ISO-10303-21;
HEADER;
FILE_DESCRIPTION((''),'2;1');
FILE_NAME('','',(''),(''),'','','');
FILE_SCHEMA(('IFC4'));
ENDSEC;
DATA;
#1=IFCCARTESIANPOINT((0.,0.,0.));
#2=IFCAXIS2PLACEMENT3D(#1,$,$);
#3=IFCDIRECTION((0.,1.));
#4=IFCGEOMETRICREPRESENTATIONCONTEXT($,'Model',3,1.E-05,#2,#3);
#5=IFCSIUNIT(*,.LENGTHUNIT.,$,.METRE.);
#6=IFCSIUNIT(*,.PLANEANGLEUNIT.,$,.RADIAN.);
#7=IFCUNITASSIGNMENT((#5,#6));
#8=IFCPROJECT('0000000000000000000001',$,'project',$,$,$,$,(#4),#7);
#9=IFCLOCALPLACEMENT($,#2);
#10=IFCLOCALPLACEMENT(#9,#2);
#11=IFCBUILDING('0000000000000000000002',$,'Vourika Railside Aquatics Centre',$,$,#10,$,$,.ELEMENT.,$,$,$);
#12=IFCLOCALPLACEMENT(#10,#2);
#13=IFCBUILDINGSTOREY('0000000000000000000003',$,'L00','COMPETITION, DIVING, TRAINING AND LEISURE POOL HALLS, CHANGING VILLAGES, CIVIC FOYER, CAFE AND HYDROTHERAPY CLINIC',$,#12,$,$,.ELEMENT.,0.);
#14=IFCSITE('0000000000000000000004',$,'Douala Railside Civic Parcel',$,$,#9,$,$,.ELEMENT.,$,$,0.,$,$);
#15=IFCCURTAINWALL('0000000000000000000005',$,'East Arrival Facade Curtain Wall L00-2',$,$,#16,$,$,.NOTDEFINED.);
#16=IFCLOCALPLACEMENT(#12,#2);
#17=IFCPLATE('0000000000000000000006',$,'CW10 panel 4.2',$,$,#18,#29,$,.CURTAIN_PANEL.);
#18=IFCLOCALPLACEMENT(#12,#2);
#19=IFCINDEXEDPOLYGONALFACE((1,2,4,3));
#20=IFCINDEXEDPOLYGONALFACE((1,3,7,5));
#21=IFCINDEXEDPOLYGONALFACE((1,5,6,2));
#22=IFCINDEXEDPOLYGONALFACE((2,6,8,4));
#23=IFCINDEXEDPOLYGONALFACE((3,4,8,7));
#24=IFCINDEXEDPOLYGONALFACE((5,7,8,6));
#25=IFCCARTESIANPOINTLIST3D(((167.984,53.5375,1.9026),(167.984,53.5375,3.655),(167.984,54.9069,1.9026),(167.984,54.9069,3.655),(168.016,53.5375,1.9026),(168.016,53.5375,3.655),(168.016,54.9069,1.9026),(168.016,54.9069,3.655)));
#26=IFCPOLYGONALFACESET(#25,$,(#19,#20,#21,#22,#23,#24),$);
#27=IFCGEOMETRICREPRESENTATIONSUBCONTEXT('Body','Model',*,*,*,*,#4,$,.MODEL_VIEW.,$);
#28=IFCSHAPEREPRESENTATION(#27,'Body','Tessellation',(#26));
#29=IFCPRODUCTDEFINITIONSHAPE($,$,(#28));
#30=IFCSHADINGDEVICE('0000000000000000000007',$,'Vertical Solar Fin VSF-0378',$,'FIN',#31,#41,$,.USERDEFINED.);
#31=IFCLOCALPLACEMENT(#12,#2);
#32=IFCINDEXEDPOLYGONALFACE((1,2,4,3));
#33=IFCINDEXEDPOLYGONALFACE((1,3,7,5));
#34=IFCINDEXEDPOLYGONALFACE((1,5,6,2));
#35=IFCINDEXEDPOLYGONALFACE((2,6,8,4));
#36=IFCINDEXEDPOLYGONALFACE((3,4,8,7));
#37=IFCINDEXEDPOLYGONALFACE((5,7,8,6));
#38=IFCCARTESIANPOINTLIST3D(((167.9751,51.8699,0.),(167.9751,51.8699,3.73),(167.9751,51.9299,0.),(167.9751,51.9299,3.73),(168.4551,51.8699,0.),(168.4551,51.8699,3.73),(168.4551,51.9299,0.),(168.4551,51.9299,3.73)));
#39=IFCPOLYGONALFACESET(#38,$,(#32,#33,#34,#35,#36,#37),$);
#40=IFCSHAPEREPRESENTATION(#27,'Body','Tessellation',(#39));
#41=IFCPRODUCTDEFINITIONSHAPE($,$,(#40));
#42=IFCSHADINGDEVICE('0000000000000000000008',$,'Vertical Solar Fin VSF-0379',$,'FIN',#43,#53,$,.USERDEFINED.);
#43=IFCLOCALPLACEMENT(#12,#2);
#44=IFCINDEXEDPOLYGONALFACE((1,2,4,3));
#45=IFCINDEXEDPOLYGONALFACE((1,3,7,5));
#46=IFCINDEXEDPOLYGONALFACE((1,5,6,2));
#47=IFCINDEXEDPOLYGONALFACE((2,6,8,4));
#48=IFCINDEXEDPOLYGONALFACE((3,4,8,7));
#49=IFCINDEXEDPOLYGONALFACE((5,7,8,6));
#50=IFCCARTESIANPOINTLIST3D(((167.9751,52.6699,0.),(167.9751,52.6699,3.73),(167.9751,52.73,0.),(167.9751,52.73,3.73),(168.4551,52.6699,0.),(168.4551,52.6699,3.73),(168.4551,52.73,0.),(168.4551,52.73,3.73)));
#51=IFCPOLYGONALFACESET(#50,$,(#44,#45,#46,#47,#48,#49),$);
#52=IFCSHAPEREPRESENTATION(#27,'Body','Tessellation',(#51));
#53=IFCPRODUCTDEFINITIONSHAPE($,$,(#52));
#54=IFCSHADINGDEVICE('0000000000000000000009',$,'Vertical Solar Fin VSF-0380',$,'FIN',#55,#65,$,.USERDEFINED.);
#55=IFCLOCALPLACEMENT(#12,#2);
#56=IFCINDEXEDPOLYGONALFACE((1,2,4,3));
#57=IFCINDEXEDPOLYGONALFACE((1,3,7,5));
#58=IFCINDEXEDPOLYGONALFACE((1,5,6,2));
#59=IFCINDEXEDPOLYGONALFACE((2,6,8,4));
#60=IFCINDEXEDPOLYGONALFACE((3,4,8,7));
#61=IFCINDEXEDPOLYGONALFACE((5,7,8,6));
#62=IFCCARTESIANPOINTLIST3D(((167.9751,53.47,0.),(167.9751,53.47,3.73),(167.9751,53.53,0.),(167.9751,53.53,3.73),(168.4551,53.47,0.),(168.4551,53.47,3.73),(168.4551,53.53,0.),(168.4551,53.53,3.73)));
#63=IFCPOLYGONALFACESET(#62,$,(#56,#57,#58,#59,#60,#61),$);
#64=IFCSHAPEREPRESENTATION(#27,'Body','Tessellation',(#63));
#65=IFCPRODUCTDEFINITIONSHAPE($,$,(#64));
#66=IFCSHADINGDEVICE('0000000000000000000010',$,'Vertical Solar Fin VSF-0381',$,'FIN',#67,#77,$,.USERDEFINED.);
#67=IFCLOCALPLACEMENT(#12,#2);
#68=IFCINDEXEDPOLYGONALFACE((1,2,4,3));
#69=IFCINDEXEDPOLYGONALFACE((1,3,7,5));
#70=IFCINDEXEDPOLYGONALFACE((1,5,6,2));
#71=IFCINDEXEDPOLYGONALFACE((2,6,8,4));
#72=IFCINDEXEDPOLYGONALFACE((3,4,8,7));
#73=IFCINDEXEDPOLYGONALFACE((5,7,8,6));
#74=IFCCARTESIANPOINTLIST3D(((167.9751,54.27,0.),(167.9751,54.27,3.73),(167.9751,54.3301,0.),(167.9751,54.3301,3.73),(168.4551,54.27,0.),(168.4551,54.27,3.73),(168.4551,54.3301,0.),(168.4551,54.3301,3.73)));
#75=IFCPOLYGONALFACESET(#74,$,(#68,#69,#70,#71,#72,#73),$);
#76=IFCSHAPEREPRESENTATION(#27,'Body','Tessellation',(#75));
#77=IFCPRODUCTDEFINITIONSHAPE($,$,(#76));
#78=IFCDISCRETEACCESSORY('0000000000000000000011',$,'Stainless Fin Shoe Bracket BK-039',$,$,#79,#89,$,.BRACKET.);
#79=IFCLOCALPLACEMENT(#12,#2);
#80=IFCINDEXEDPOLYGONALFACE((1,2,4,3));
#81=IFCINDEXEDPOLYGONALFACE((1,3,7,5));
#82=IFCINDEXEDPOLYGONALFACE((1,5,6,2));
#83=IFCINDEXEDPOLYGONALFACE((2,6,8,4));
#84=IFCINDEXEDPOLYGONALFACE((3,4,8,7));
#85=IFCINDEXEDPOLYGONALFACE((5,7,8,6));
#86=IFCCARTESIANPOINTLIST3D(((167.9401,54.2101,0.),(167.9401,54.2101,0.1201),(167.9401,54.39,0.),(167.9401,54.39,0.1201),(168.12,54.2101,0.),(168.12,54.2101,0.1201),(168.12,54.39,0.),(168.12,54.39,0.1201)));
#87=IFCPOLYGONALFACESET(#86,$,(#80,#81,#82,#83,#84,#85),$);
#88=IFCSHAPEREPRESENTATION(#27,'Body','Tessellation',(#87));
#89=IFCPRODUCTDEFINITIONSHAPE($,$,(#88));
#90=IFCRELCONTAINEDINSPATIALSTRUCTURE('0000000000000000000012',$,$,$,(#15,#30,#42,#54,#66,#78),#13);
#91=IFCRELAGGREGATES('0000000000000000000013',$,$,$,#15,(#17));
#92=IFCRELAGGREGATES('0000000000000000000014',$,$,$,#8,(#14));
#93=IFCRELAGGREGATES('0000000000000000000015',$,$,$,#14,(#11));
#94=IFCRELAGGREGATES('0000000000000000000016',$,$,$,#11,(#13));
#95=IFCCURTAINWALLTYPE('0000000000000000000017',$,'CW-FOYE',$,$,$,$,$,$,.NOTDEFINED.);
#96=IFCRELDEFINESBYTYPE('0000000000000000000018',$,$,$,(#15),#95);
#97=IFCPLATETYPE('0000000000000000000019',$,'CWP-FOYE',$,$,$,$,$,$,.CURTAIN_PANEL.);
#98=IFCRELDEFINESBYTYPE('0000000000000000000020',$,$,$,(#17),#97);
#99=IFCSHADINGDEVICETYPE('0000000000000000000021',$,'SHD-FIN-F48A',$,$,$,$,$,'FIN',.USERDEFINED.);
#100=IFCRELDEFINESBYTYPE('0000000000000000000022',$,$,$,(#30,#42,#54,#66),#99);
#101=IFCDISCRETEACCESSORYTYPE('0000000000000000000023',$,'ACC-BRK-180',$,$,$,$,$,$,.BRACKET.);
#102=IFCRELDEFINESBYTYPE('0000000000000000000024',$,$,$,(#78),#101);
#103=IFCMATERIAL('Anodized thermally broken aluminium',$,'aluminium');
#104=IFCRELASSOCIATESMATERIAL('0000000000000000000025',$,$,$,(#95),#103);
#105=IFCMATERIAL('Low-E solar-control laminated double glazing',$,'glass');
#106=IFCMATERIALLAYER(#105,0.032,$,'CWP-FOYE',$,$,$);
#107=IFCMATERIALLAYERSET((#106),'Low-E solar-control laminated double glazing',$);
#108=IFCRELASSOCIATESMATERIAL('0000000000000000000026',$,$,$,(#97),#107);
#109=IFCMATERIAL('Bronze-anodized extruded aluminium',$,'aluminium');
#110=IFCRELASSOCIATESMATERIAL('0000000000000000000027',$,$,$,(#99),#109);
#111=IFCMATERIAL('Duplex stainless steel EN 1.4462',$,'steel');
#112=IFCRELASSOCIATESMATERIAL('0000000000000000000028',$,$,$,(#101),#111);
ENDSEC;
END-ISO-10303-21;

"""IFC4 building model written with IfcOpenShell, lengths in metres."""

from ifc_helpers import new_model, si_unit, direction, frame, origin, origin_2d, place, context, subcontext, project, spatial, rectangle, extrude, material, layer, layer_set, material_profile, profile_set, type_object, element, aggregate, save


model = new_model("IFC4")

# Units and contexts
model_context = context("Model", 3, precision=1e-05, world=origin(), true_north=direction((0.0, 1.0)))
body_context = subcontext(model_context, "Body", "Model", "MODEL_VIEW")
ifc_project = project(units=[si_unit("LENGTHUNIT", "METRE"), si_unit("PLANEANGLEUNIT", "RADIAN")], contexts=[model_context])

# Site, building, storey
site_placement = place(None, origin())
site = spatial("IfcSite", under=ifc_project, at=site_placement, Name="Douala Railside Civic Parcel", CompositionType="ELEMENT", RefElevation=0.0)
building_placement = place(site_placement, origin())
building = spatial("IfcBuilding", under=site, at=building_placement, Name="Vourika Railside Aquatics Centre", CompositionType="ELEMENT")
storey_placement = place(building_placement, origin())
storey = spatial("IfcBuildingStorey", under=building, at=storey_placement, Name="L00", Description="COMPETITION, DIVING, TRAINING AND LEISURE POOL HALLS, CHANGING VILLAGES, CIVIC FOYER, CAFE AND HYDROTHERAPY CLINIC", CompositionType="ELEMENT", Elevation=0.0)

# Curtain wall, plate
ifc_material_1 = material(Name="Anodized thermally broken aluminium", Category="aluminium")
curtain_wall_type = type_object("IfcCurtainWallType", Name="CW-FOYE", PredefinedType="NOTDEFINED", material=ifc_material_1)
curtain_wall_placement = place(storey_placement, origin())
curtain_wall = element("IfcCurtainWall", 1, at=curtain_wall_placement, inside=storey, type_object=curtain_wall_type, Name="East Arrival Facade Curtain Wall L00-2", PredefinedType="NOTDEFINED")
ifc_material_2 = material(Name="Low-E solar-control laminated double glazing", Category="glass")
ifc_layer = layer(ifc_material_2, 0.032, Name="CWP-FOYE")
ifc_layer_set = layer_set([ifc_layer], Name="Low-E solar-control laminated double glazing")
plate_type = type_object("IfcPlateType", Name="CWP-FOYE", PredefinedType="CURTAIN_PANEL", material=ifc_layer_set)
plate_1_placement = place(storey_placement, frame((168.0, 54.2222, 1.9026), z_axis=(0.0, 0.0, 1.0), x_axis=(0.0, 1.0, 0.0)))
plate_1 = element("IfcPlate", 2, at=plate_1_placement, type_object=plate_type, Name="CW10 panel 4.2", PredefinedType="CURTAIN_PANEL", context=body_context, shape_type="SweptSolid", body=[
    extrude(rectangle(XDim=1.3694, YDim=0.032, at=origin_2d()), origin(), (0.0, 0.0, 1.0), 1.7524),
])
aggregate(curtain_wall, [plate_1])

# Shading devices
ifc_material_3 = material(Name="Bronze-anodized extruded aluminium", Category="aluminium")
ifc_material_profile_1 = material_profile(ifc_material_3, rectangle(XDim=0.0601, YDim=0.48, at=origin_2d()), Name="ALU-FIN 60x480")
ifc_profile_set_1 = profile_set([ifc_material_profile_1], Name="Bronze-anodized extruded aluminium")
shading_device_type = type_object("IfcShadingDeviceType", Name="SHD-FIN-F48A", ElementType="FIN", PredefinedType="USERDEFINED", material=ifc_profile_set_1)
for number, where, z_axis, x_axis, name in (
    (3, (168.2151, 51.8999, 0.0), (0.0, 0.0, 1.0), (0.0, -1.0, 0.0), "Vertical Solar Fin VSF-0378"),
    (4, (168.2151, 52.7, 0.0), (0.0, 0.0, 1.0), (0.0, -1.0, 0.0), "Vertical Solar Fin VSF-0379"),
    (5, (168.2151, 53.5, 0.0), (0.0, 0.0, 1.0), (0.0, -1.0, 0.0), "Vertical Solar Fin VSF-0380"),
    (6, (168.2151, 54.3, 0.0), (0.0, 0.0, 1.0), (0.0, -1.0, 0.0), "Vertical Solar Fin VSF-0381"),
):
    element("IfcShadingDevice", number, at=place(storey_placement, frame(where, z_axis=z_axis, x_axis=x_axis)), inside=storey, type_object=shading_device_type, Name=name, ObjectType="FIN", PredefinedType="USERDEFINED", context=body_context, shape_type="SweptSolid", body=[
        extrude(rectangle(XDim=0.0601, YDim=0.48, at=origin_2d()), origin(), (0.0, 0.0, 1.0), 3.73),
    ])

# Discrete accessory
ifc_material_4 = material(Name="Duplex stainless steel EN 1.4462", Category="steel")
discrete_accessory_type = type_object("IfcDiscreteAccessoryType", Name="ACC-BRK-180", PredefinedType="BRACKET", material=ifc_material_4)
discrete_accessory_placement = place(storey_placement, frame((168.03, 54.3, 0.0), z_axis=(0.0, 0.0, 1.0), x_axis=(1.0, 0.0, 0.0)))
element("IfcDiscreteAccessory", 7, at=discrete_accessory_placement, inside=storey, type_object=discrete_accessory_type, Name="Stainless Fin Shoe Bracket BK-039", PredefinedType="BRACKET", context=body_context, shape_type="SweptSolid", body=[
    extrude(rectangle(XDim=0.1799, YDim=0.1799, at=origin_2d()), origin(), (0.0, 0.0, 1.0), 0.1201),
])

save(model, "model.ifc")
